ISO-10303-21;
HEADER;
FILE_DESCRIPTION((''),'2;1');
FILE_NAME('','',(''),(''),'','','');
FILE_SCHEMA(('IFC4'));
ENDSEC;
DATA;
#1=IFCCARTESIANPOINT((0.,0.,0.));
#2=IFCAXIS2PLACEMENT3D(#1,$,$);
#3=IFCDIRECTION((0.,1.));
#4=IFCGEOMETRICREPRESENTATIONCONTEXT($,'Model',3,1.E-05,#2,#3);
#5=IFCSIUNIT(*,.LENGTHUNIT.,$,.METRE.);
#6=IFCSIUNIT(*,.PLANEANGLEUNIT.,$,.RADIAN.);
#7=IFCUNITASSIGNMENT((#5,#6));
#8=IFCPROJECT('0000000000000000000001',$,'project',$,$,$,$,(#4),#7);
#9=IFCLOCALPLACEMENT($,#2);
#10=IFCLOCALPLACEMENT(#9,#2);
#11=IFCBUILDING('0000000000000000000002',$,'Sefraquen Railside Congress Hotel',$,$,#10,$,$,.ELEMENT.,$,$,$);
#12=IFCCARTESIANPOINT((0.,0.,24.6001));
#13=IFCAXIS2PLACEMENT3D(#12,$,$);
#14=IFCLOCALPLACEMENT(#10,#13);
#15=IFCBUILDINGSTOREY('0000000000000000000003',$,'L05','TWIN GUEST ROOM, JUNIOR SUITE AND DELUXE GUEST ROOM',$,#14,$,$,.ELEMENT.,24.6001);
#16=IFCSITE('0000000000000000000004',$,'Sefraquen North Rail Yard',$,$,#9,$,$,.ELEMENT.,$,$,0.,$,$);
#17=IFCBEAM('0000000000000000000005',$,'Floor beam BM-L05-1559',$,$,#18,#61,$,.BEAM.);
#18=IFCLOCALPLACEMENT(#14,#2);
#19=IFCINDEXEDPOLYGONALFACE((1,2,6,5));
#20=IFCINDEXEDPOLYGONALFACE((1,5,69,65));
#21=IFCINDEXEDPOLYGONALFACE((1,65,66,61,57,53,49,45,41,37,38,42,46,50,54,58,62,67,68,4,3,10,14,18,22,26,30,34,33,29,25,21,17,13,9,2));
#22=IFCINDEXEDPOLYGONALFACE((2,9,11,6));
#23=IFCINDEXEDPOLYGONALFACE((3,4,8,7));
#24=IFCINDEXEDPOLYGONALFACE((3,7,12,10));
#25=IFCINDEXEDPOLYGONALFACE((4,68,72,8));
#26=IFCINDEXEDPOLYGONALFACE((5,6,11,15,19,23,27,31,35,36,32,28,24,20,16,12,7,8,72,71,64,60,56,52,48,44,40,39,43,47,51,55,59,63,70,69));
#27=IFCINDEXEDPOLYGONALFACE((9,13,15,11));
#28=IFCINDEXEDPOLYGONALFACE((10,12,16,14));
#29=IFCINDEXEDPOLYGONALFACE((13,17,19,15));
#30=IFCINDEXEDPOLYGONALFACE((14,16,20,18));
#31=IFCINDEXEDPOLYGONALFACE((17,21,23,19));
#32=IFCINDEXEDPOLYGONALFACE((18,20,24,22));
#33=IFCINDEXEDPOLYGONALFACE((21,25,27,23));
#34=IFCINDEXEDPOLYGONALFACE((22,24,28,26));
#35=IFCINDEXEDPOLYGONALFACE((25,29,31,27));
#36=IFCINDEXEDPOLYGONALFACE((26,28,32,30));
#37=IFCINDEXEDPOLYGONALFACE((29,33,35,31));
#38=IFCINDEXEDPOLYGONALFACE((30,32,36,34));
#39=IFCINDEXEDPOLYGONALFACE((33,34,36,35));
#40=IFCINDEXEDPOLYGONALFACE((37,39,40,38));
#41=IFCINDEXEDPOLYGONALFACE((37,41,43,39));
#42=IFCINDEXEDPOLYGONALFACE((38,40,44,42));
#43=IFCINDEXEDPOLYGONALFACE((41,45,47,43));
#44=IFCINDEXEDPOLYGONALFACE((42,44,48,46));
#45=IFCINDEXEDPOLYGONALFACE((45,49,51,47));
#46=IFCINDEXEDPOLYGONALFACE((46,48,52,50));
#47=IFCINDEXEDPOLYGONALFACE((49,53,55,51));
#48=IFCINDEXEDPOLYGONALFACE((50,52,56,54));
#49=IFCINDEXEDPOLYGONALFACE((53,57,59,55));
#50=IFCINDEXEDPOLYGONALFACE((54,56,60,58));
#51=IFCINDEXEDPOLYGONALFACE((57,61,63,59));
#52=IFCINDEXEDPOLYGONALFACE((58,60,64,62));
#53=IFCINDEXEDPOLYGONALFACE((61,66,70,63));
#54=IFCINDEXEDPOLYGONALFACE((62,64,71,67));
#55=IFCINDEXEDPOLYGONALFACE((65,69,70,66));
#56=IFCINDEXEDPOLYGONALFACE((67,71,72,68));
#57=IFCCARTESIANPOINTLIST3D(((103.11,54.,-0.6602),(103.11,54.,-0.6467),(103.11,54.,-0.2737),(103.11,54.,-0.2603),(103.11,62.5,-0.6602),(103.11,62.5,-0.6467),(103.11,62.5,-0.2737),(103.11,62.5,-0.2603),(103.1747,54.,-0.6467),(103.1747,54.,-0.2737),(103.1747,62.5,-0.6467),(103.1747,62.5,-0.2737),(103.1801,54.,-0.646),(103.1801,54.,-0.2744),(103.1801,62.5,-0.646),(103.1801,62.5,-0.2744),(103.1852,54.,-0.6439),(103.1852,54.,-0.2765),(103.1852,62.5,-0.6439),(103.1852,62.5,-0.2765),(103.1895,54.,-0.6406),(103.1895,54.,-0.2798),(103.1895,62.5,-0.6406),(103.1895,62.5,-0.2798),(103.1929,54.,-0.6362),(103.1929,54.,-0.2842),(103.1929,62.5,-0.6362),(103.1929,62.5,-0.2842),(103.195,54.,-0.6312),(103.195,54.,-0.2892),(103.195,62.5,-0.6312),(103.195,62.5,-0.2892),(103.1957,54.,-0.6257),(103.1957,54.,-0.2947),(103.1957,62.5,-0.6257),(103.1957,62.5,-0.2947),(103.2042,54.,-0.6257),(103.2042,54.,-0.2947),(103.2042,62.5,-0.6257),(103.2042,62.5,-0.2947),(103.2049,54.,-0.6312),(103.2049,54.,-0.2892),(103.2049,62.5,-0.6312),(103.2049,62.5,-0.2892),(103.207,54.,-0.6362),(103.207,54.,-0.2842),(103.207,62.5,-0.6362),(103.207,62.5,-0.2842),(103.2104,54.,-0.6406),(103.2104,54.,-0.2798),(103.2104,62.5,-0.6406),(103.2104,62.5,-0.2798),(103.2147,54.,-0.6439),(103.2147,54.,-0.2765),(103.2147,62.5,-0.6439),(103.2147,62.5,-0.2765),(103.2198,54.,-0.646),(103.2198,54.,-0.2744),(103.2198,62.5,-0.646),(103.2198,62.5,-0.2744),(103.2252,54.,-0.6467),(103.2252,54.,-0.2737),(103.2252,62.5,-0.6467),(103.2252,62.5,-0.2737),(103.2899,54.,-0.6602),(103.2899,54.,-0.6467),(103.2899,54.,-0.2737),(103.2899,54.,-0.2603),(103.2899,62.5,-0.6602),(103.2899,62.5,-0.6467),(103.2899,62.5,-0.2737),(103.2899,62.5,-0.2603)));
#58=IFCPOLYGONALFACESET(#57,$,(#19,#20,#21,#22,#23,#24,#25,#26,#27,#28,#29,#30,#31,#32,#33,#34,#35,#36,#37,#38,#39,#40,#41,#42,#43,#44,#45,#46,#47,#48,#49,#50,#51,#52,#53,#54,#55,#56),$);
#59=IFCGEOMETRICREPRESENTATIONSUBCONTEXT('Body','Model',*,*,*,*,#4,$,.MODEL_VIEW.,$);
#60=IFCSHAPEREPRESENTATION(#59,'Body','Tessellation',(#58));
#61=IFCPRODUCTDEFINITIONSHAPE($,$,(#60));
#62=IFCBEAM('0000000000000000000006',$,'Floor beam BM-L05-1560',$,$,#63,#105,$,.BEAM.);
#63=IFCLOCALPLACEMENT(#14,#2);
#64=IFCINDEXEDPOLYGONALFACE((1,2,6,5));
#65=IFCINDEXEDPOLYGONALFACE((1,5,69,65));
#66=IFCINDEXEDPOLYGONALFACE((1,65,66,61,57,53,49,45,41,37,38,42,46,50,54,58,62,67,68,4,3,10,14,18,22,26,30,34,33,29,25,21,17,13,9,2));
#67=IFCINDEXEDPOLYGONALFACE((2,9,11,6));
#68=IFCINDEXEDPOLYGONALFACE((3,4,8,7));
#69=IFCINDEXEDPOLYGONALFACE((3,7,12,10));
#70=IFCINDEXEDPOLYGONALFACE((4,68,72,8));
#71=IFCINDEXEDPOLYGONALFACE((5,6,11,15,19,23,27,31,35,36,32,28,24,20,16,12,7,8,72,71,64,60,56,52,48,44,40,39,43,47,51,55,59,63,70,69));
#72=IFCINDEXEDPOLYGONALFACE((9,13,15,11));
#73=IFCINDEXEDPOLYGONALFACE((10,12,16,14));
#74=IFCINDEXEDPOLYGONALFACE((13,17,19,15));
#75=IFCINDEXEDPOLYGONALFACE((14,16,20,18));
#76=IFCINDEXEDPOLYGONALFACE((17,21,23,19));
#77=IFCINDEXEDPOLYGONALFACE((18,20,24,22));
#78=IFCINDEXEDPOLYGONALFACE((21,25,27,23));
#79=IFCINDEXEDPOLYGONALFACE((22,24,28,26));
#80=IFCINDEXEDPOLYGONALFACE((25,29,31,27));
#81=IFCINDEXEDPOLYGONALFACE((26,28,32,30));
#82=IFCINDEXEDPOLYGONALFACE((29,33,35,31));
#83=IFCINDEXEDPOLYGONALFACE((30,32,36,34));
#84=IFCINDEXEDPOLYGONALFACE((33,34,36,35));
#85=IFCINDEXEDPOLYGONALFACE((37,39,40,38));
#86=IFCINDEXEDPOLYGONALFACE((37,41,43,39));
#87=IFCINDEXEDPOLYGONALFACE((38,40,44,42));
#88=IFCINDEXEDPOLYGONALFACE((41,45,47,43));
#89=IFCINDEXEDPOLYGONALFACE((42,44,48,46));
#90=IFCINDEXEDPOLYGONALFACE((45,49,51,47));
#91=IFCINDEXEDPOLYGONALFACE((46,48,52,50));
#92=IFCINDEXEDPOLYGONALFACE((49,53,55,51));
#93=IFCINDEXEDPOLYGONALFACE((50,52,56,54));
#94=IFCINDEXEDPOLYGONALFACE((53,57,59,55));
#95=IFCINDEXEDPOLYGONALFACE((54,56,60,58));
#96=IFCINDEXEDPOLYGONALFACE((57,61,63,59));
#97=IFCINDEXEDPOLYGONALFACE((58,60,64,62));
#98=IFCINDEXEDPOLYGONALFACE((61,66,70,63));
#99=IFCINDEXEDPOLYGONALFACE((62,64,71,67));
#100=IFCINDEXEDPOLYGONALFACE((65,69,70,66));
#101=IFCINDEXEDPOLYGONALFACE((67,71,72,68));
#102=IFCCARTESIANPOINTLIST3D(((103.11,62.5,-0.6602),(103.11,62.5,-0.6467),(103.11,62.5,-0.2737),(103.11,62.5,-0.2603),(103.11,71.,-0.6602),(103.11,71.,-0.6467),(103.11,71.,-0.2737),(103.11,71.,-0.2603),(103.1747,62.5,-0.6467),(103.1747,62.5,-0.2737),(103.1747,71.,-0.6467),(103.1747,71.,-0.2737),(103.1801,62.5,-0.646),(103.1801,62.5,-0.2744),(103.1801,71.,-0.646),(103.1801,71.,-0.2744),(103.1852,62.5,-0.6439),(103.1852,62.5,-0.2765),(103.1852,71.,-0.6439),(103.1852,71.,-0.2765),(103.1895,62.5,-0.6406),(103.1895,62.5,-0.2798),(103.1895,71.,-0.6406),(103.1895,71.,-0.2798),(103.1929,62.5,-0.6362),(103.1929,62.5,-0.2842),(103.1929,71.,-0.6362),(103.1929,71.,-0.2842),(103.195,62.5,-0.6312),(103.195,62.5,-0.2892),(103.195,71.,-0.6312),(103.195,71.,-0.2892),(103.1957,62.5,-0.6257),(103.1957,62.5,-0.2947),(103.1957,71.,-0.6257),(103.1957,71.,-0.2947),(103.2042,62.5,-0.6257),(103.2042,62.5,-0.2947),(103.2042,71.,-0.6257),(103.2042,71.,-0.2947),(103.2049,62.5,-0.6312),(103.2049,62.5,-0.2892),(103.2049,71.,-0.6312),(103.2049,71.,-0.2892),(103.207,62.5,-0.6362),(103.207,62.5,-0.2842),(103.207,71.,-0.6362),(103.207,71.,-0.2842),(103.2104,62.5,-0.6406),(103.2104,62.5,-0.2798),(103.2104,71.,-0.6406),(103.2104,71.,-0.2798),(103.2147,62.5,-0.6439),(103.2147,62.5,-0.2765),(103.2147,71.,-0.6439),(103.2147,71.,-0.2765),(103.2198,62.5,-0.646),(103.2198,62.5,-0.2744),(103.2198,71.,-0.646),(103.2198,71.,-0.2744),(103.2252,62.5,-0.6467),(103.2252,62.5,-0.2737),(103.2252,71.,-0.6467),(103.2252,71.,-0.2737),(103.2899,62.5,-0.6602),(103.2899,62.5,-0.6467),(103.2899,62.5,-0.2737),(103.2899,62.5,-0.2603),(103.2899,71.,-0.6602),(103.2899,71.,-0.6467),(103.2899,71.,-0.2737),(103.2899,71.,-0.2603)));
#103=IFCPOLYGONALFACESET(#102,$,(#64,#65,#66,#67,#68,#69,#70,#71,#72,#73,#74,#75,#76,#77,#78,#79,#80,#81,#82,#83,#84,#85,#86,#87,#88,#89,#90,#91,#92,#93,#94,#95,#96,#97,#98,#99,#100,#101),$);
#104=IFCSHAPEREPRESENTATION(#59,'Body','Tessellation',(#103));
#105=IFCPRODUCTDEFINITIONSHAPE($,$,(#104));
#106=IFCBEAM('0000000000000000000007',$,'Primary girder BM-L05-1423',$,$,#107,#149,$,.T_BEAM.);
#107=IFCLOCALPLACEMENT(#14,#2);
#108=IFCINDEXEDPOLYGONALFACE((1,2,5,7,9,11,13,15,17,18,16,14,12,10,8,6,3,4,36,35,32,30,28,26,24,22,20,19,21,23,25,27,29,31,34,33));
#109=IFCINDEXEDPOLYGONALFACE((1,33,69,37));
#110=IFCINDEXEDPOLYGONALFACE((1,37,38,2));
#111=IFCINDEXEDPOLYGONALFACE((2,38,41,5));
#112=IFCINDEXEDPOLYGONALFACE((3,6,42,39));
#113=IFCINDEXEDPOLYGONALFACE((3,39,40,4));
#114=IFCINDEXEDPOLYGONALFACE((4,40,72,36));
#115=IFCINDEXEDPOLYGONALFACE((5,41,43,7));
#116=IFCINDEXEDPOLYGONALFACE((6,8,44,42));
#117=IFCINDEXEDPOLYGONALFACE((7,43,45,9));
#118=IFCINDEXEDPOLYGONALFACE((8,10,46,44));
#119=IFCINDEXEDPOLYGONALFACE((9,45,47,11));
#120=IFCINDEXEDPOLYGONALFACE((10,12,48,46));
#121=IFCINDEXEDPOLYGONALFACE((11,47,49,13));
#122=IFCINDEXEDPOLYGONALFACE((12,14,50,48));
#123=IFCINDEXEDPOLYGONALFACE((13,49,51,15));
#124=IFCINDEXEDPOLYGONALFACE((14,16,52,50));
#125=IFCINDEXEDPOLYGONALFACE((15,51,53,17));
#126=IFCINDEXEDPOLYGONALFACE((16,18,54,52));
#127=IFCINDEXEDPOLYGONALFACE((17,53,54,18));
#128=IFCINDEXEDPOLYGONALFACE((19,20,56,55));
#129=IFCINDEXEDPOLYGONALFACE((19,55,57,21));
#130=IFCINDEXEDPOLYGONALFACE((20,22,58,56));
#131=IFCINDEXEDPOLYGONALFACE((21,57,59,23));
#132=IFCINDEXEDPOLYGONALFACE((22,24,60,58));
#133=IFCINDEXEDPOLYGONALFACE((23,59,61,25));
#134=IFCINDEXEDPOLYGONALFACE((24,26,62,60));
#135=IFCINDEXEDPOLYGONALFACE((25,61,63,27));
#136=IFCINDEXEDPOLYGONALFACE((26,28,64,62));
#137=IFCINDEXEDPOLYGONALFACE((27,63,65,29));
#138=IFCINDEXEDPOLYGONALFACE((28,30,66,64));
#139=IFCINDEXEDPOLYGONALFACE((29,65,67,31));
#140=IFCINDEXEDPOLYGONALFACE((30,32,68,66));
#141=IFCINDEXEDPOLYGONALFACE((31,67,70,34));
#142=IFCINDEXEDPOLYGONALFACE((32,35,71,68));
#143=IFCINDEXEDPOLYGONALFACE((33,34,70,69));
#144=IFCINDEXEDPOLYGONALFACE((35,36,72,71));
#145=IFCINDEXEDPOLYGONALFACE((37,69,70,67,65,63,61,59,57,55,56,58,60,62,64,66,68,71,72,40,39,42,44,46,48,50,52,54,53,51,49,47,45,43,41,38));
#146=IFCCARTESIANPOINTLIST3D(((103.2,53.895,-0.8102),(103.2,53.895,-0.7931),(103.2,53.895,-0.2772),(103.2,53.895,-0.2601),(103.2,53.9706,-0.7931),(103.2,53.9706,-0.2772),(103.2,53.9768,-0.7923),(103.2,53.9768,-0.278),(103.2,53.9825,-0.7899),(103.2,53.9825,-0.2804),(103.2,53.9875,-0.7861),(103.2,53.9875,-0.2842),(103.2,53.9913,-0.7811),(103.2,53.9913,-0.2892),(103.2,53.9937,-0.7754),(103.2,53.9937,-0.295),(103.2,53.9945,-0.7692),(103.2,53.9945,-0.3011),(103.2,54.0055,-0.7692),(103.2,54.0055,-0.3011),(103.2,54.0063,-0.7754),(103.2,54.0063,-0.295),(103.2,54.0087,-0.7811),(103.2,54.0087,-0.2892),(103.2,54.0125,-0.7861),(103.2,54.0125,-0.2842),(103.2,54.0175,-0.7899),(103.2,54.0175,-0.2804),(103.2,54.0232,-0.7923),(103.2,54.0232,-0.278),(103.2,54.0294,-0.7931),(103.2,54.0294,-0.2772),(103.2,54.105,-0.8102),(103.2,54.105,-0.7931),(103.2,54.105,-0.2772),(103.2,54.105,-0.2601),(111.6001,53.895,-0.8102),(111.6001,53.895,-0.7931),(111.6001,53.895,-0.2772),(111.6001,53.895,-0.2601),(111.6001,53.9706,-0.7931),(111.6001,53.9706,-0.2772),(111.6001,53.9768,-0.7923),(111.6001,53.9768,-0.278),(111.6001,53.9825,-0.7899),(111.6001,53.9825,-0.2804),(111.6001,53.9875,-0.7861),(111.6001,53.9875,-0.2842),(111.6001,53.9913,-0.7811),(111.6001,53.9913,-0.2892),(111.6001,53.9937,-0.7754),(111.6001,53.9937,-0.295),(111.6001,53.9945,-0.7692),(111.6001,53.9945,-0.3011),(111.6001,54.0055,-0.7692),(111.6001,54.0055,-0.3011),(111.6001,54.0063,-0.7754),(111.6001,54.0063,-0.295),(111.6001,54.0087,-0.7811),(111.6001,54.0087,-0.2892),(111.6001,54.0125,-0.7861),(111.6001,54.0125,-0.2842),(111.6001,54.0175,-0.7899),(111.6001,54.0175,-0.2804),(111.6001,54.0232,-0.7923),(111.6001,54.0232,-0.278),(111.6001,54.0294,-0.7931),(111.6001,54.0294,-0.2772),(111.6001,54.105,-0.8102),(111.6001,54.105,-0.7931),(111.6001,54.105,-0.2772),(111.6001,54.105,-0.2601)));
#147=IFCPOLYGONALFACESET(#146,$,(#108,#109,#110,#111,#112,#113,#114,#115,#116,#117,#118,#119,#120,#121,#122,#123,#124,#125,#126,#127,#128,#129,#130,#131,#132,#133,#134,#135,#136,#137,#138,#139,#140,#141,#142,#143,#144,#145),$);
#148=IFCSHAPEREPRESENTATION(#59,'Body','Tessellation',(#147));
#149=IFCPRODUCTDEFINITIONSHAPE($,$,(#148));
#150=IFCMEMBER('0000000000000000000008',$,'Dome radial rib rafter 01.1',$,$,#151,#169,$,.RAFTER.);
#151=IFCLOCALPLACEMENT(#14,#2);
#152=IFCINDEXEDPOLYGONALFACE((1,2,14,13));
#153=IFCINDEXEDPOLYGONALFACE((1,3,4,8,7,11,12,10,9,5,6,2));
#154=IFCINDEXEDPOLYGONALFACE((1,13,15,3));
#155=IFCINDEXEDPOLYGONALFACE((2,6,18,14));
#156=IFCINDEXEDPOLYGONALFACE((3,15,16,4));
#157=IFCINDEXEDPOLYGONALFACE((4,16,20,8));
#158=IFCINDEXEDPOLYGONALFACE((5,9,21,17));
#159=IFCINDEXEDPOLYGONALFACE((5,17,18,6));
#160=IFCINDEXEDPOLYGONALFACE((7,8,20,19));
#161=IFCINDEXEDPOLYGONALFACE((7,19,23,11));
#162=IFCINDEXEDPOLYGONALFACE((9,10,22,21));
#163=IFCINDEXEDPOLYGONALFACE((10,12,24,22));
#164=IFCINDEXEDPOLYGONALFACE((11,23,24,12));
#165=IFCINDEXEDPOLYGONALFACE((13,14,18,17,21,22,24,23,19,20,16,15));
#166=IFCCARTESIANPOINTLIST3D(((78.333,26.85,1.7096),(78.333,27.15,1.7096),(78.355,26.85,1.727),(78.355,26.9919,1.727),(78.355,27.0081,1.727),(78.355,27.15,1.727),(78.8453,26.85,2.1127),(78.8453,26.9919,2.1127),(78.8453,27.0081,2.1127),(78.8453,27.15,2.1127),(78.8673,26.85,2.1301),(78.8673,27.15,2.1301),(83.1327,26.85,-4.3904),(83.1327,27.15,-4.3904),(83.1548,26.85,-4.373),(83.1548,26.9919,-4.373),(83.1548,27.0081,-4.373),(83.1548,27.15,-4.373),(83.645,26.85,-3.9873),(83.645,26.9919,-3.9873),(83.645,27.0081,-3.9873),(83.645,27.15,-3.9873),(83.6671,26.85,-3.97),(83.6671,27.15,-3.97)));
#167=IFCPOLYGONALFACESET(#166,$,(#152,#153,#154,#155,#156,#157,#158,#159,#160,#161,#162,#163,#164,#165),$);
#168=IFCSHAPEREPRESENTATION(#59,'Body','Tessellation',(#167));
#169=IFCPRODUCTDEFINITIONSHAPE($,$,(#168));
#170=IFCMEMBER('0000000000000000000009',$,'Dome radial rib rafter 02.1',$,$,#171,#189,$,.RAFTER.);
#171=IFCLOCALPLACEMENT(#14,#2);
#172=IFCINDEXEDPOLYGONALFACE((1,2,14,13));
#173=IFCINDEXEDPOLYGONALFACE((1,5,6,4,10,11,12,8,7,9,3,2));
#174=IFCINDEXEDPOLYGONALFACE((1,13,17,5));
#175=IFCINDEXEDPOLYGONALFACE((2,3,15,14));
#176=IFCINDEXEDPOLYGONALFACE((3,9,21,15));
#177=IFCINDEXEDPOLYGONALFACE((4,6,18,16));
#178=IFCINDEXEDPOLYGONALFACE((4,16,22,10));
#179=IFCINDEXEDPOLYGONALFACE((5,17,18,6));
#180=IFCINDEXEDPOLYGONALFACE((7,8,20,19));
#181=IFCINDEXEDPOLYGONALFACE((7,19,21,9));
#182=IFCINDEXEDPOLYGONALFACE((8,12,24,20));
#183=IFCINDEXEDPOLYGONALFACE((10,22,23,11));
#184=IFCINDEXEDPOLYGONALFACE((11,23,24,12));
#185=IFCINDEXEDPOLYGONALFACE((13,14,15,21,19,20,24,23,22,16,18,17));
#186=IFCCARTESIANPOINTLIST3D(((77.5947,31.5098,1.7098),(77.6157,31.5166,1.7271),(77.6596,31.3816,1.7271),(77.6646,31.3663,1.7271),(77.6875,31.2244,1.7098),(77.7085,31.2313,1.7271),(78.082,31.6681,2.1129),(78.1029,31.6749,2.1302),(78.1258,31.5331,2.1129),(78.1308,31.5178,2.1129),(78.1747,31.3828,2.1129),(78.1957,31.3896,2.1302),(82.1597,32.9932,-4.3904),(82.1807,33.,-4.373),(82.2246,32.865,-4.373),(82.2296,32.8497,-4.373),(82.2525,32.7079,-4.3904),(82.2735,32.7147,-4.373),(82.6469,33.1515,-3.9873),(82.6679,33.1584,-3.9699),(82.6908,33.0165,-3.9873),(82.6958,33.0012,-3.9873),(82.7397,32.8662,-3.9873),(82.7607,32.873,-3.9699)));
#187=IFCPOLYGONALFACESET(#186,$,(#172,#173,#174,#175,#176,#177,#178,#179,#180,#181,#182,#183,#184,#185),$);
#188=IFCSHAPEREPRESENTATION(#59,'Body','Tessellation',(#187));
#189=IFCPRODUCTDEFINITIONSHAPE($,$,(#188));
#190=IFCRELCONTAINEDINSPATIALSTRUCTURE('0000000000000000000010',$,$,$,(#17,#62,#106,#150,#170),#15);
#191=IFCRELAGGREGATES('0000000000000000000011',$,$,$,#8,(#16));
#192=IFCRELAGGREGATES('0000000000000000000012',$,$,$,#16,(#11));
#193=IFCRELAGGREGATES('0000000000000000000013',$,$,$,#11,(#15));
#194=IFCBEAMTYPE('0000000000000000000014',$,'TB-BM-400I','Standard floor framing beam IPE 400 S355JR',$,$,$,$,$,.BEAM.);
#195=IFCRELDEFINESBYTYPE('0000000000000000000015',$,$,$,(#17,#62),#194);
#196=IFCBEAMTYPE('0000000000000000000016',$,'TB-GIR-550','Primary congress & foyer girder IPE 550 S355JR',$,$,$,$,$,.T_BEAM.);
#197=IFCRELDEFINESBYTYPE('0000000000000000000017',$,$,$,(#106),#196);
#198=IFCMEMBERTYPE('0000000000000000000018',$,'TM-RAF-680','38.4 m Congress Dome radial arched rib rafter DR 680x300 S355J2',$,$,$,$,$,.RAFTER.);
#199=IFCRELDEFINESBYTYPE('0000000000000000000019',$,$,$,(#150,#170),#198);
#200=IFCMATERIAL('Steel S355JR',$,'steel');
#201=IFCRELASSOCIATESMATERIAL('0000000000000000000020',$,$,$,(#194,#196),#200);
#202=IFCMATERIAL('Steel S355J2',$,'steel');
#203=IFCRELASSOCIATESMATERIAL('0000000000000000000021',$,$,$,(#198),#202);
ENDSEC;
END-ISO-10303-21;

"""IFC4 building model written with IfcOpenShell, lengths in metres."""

from ifc_helpers import new_model, si_unit, direction, frame, origin, origin_2d, place, context, subcontext, project, spatial, i_section, extrude, material, material_profile, profile_set, type_object, element, save


model = new_model("IFC4")

# Units and contexts
model_context = context("Model", 3, precision=1e-05, world=origin(), true_north=direction((0.0, 1.0)))
body_context = subcontext(model_context, "Body", "Model", "MODEL_VIEW")
ifc_project = project(units=[si_unit("LENGTHUNIT", "METRE"), si_unit("PLANEANGLEUNIT", "RADIAN")], contexts=[model_context])

# Site, building, storey
site_placement = place(None, origin())
site = spatial("IfcSite", under=ifc_project, at=site_placement, Name="Sefraquen North Rail Yard", CompositionType="ELEMENT", RefElevation=0.0)
building_placement = place(site_placement, origin())
building = spatial("IfcBuilding", under=site, at=building_placement, Name="Sefraquen Railside Congress Hotel", CompositionType="ELEMENT")
storey_placement = place(building_placement, frame((0.0, 0.0, 24.6001)))
storey = spatial("IfcBuildingStorey", under=building, at=storey_placement, Name="L05", Description="TWIN GUEST ROOM, JUNIOR SUITE AND DELUXE GUEST ROOM", CompositionType="ELEMENT", Elevation=24.6001)

# Beams
ifc_material_1 = material(Name="Steel S355JR", Category="steel")
ifc_material_profile_1 = material_profile(ifc_material_1, i_section(OverallWidth=0.1799, OverallDepth=0.3999, WebThickness=0.0085, FlangeThickness=0.0134, FilletRadius=0.021, at=origin_2d()), Name="IPE 400")
ifc_profile_set_1 = profile_set([ifc_material_profile_1], Name="Steel S355JR")
beam_type_1 = type_object("IfcBeamType", Name="TB-BM-400I", Description="Standard floor framing beam IPE 400 S355JR", PredefinedType="BEAM", material=ifc_profile_set_1)
for number, where, z_axis, x_axis, name in (
    (1, (103.2, 54.0, -0.4602), (0.0, 1.0, 0.0), (-1.0, 0.0, 0.0), "Floor beam BM-L05-1559"),
    (2, (103.2, 62.5, -0.4602), (0.0, 1.0, 0.0), (-1.0, 0.0, 0.0), "Floor beam BM-L05-1560"),
):
    element("IfcBeam", number, at=place(storey_placement, frame(where, z_axis=z_axis, x_axis=x_axis)), inside=storey, type_object=beam_type_1, Name=name, PredefinedType="BEAM", context=body_context, shape_type="SweptSolid", body=[
        extrude(i_section(OverallWidth=0.1799, OverallDepth=0.3999, WebThickness=0.0085, FlangeThickness=0.0134, FilletRadius=0.021, at=origin_2d()), origin(), (0.0, 0.0, 1.0), 8.5),
    ])
ifc_material_profile_2 = material_profile(ifc_material_1, i_section(OverallWidth=0.21, OverallDepth=0.55, WebThickness=0.011, FlangeThickness=0.0171, FilletRadius=0.0239, at=origin_2d()), Name="IPE 550")
ifc_profile_set_2 = profile_set([ifc_material_profile_2], Name="Steel S355JR")
beam_type_2 = type_object("IfcBeamType", Name="TB-GIR-550", Description="Primary congress & foyer girder IPE 550 S355JR", PredefinedType="T_BEAM", material=ifc_profile_set_2)
beam_placement = place(storey_placement, frame((103.2, 54.0, -0.5352), z_axis=(1.0, 0.0, 0.0), x_axis=(0.0, 1.0, 0.0)))
element("IfcBeam", 3, at=beam_placement, inside=storey, type_object=beam_type_2, Name="Primary girder BM-L05-1423", PredefinedType="T_BEAM", context=body_context, shape_type="SweptSolid", body=[
    extrude(i_section(OverallWidth=0.21, OverallDepth=0.55, WebThickness=0.011, FlangeThickness=0.0171, FilletRadius=0.0239, at=origin_2d()), origin(), (0.0, 0.0, 1.0), 8.4001),
])

# Members
ifc_material_2 = material(Name="Steel S355J2", Category="steel")
ifc_material_profile_3 = material_profile(ifc_material_2, i_section(OverallWidth=0.3, OverallDepth=0.6799, WebThickness=0.0161, FlangeThickness=0.0281, at=origin_2d()), Name="DR 680x300")
ifc_profile_set_3 = profile_set([ifc_material_profile_3], Name="Steel S355J2")
member_type = type_object("IfcMemberType", Name="TM-RAF-680", Description="38.4 m Congress Dome radial arched rib rafter DR 680x300 S355J2", PredefinedType="RAFTER", material=ifc_profile_set_3)
member_1_placement = place(storey_placement, frame((83.3999, 27.0, -4.1802), z_axis=(-0.618369, 0.0, 0.785888), x_axis=(0.0, -1.0, 0.0)))
element("IfcMember", 4, at=member_1_placement, inside=storey, type_object=member_type, Name="Dome radial rib rafter 01.1", PredefinedType="RAFTER", context=body_context, shape_type="SweptSolid", body=[
    extrude(i_section(OverallWidth=0.3, OverallDepth=0.6799, WebThickness=0.0161, FlangeThickness=0.0281, at=origin_2d()), origin(), (0.0, 0.0, 1.0), 7.762),
])
for number, where, z_axis, x_axis, name in (
    (5, (82.4602, 32.9331, -4.1802), (-0.588106, -0.191108, 0.785881), (0.309047, -0.951047, 0.0), "Dome radial rib rafter 02.1"),
):
    element("IfcMember", number, at=place(storey_placement, frame(where, z_axis=z_axis, x_axis=x_axis)), inside=storey, type_object=member_type, Name=name, PredefinedType="RAFTER", context=body_context, shape_type="SweptSolid", body=[
        extrude(i_section(OverallWidth=0.3, OverallDepth=0.6799, WebThickness=0.0161, FlangeThickness=0.0281, at=origin_2d()), origin(), (0.0, 0.0, 1.0), 7.7622),
    ])

save(model, "model.ifc")
